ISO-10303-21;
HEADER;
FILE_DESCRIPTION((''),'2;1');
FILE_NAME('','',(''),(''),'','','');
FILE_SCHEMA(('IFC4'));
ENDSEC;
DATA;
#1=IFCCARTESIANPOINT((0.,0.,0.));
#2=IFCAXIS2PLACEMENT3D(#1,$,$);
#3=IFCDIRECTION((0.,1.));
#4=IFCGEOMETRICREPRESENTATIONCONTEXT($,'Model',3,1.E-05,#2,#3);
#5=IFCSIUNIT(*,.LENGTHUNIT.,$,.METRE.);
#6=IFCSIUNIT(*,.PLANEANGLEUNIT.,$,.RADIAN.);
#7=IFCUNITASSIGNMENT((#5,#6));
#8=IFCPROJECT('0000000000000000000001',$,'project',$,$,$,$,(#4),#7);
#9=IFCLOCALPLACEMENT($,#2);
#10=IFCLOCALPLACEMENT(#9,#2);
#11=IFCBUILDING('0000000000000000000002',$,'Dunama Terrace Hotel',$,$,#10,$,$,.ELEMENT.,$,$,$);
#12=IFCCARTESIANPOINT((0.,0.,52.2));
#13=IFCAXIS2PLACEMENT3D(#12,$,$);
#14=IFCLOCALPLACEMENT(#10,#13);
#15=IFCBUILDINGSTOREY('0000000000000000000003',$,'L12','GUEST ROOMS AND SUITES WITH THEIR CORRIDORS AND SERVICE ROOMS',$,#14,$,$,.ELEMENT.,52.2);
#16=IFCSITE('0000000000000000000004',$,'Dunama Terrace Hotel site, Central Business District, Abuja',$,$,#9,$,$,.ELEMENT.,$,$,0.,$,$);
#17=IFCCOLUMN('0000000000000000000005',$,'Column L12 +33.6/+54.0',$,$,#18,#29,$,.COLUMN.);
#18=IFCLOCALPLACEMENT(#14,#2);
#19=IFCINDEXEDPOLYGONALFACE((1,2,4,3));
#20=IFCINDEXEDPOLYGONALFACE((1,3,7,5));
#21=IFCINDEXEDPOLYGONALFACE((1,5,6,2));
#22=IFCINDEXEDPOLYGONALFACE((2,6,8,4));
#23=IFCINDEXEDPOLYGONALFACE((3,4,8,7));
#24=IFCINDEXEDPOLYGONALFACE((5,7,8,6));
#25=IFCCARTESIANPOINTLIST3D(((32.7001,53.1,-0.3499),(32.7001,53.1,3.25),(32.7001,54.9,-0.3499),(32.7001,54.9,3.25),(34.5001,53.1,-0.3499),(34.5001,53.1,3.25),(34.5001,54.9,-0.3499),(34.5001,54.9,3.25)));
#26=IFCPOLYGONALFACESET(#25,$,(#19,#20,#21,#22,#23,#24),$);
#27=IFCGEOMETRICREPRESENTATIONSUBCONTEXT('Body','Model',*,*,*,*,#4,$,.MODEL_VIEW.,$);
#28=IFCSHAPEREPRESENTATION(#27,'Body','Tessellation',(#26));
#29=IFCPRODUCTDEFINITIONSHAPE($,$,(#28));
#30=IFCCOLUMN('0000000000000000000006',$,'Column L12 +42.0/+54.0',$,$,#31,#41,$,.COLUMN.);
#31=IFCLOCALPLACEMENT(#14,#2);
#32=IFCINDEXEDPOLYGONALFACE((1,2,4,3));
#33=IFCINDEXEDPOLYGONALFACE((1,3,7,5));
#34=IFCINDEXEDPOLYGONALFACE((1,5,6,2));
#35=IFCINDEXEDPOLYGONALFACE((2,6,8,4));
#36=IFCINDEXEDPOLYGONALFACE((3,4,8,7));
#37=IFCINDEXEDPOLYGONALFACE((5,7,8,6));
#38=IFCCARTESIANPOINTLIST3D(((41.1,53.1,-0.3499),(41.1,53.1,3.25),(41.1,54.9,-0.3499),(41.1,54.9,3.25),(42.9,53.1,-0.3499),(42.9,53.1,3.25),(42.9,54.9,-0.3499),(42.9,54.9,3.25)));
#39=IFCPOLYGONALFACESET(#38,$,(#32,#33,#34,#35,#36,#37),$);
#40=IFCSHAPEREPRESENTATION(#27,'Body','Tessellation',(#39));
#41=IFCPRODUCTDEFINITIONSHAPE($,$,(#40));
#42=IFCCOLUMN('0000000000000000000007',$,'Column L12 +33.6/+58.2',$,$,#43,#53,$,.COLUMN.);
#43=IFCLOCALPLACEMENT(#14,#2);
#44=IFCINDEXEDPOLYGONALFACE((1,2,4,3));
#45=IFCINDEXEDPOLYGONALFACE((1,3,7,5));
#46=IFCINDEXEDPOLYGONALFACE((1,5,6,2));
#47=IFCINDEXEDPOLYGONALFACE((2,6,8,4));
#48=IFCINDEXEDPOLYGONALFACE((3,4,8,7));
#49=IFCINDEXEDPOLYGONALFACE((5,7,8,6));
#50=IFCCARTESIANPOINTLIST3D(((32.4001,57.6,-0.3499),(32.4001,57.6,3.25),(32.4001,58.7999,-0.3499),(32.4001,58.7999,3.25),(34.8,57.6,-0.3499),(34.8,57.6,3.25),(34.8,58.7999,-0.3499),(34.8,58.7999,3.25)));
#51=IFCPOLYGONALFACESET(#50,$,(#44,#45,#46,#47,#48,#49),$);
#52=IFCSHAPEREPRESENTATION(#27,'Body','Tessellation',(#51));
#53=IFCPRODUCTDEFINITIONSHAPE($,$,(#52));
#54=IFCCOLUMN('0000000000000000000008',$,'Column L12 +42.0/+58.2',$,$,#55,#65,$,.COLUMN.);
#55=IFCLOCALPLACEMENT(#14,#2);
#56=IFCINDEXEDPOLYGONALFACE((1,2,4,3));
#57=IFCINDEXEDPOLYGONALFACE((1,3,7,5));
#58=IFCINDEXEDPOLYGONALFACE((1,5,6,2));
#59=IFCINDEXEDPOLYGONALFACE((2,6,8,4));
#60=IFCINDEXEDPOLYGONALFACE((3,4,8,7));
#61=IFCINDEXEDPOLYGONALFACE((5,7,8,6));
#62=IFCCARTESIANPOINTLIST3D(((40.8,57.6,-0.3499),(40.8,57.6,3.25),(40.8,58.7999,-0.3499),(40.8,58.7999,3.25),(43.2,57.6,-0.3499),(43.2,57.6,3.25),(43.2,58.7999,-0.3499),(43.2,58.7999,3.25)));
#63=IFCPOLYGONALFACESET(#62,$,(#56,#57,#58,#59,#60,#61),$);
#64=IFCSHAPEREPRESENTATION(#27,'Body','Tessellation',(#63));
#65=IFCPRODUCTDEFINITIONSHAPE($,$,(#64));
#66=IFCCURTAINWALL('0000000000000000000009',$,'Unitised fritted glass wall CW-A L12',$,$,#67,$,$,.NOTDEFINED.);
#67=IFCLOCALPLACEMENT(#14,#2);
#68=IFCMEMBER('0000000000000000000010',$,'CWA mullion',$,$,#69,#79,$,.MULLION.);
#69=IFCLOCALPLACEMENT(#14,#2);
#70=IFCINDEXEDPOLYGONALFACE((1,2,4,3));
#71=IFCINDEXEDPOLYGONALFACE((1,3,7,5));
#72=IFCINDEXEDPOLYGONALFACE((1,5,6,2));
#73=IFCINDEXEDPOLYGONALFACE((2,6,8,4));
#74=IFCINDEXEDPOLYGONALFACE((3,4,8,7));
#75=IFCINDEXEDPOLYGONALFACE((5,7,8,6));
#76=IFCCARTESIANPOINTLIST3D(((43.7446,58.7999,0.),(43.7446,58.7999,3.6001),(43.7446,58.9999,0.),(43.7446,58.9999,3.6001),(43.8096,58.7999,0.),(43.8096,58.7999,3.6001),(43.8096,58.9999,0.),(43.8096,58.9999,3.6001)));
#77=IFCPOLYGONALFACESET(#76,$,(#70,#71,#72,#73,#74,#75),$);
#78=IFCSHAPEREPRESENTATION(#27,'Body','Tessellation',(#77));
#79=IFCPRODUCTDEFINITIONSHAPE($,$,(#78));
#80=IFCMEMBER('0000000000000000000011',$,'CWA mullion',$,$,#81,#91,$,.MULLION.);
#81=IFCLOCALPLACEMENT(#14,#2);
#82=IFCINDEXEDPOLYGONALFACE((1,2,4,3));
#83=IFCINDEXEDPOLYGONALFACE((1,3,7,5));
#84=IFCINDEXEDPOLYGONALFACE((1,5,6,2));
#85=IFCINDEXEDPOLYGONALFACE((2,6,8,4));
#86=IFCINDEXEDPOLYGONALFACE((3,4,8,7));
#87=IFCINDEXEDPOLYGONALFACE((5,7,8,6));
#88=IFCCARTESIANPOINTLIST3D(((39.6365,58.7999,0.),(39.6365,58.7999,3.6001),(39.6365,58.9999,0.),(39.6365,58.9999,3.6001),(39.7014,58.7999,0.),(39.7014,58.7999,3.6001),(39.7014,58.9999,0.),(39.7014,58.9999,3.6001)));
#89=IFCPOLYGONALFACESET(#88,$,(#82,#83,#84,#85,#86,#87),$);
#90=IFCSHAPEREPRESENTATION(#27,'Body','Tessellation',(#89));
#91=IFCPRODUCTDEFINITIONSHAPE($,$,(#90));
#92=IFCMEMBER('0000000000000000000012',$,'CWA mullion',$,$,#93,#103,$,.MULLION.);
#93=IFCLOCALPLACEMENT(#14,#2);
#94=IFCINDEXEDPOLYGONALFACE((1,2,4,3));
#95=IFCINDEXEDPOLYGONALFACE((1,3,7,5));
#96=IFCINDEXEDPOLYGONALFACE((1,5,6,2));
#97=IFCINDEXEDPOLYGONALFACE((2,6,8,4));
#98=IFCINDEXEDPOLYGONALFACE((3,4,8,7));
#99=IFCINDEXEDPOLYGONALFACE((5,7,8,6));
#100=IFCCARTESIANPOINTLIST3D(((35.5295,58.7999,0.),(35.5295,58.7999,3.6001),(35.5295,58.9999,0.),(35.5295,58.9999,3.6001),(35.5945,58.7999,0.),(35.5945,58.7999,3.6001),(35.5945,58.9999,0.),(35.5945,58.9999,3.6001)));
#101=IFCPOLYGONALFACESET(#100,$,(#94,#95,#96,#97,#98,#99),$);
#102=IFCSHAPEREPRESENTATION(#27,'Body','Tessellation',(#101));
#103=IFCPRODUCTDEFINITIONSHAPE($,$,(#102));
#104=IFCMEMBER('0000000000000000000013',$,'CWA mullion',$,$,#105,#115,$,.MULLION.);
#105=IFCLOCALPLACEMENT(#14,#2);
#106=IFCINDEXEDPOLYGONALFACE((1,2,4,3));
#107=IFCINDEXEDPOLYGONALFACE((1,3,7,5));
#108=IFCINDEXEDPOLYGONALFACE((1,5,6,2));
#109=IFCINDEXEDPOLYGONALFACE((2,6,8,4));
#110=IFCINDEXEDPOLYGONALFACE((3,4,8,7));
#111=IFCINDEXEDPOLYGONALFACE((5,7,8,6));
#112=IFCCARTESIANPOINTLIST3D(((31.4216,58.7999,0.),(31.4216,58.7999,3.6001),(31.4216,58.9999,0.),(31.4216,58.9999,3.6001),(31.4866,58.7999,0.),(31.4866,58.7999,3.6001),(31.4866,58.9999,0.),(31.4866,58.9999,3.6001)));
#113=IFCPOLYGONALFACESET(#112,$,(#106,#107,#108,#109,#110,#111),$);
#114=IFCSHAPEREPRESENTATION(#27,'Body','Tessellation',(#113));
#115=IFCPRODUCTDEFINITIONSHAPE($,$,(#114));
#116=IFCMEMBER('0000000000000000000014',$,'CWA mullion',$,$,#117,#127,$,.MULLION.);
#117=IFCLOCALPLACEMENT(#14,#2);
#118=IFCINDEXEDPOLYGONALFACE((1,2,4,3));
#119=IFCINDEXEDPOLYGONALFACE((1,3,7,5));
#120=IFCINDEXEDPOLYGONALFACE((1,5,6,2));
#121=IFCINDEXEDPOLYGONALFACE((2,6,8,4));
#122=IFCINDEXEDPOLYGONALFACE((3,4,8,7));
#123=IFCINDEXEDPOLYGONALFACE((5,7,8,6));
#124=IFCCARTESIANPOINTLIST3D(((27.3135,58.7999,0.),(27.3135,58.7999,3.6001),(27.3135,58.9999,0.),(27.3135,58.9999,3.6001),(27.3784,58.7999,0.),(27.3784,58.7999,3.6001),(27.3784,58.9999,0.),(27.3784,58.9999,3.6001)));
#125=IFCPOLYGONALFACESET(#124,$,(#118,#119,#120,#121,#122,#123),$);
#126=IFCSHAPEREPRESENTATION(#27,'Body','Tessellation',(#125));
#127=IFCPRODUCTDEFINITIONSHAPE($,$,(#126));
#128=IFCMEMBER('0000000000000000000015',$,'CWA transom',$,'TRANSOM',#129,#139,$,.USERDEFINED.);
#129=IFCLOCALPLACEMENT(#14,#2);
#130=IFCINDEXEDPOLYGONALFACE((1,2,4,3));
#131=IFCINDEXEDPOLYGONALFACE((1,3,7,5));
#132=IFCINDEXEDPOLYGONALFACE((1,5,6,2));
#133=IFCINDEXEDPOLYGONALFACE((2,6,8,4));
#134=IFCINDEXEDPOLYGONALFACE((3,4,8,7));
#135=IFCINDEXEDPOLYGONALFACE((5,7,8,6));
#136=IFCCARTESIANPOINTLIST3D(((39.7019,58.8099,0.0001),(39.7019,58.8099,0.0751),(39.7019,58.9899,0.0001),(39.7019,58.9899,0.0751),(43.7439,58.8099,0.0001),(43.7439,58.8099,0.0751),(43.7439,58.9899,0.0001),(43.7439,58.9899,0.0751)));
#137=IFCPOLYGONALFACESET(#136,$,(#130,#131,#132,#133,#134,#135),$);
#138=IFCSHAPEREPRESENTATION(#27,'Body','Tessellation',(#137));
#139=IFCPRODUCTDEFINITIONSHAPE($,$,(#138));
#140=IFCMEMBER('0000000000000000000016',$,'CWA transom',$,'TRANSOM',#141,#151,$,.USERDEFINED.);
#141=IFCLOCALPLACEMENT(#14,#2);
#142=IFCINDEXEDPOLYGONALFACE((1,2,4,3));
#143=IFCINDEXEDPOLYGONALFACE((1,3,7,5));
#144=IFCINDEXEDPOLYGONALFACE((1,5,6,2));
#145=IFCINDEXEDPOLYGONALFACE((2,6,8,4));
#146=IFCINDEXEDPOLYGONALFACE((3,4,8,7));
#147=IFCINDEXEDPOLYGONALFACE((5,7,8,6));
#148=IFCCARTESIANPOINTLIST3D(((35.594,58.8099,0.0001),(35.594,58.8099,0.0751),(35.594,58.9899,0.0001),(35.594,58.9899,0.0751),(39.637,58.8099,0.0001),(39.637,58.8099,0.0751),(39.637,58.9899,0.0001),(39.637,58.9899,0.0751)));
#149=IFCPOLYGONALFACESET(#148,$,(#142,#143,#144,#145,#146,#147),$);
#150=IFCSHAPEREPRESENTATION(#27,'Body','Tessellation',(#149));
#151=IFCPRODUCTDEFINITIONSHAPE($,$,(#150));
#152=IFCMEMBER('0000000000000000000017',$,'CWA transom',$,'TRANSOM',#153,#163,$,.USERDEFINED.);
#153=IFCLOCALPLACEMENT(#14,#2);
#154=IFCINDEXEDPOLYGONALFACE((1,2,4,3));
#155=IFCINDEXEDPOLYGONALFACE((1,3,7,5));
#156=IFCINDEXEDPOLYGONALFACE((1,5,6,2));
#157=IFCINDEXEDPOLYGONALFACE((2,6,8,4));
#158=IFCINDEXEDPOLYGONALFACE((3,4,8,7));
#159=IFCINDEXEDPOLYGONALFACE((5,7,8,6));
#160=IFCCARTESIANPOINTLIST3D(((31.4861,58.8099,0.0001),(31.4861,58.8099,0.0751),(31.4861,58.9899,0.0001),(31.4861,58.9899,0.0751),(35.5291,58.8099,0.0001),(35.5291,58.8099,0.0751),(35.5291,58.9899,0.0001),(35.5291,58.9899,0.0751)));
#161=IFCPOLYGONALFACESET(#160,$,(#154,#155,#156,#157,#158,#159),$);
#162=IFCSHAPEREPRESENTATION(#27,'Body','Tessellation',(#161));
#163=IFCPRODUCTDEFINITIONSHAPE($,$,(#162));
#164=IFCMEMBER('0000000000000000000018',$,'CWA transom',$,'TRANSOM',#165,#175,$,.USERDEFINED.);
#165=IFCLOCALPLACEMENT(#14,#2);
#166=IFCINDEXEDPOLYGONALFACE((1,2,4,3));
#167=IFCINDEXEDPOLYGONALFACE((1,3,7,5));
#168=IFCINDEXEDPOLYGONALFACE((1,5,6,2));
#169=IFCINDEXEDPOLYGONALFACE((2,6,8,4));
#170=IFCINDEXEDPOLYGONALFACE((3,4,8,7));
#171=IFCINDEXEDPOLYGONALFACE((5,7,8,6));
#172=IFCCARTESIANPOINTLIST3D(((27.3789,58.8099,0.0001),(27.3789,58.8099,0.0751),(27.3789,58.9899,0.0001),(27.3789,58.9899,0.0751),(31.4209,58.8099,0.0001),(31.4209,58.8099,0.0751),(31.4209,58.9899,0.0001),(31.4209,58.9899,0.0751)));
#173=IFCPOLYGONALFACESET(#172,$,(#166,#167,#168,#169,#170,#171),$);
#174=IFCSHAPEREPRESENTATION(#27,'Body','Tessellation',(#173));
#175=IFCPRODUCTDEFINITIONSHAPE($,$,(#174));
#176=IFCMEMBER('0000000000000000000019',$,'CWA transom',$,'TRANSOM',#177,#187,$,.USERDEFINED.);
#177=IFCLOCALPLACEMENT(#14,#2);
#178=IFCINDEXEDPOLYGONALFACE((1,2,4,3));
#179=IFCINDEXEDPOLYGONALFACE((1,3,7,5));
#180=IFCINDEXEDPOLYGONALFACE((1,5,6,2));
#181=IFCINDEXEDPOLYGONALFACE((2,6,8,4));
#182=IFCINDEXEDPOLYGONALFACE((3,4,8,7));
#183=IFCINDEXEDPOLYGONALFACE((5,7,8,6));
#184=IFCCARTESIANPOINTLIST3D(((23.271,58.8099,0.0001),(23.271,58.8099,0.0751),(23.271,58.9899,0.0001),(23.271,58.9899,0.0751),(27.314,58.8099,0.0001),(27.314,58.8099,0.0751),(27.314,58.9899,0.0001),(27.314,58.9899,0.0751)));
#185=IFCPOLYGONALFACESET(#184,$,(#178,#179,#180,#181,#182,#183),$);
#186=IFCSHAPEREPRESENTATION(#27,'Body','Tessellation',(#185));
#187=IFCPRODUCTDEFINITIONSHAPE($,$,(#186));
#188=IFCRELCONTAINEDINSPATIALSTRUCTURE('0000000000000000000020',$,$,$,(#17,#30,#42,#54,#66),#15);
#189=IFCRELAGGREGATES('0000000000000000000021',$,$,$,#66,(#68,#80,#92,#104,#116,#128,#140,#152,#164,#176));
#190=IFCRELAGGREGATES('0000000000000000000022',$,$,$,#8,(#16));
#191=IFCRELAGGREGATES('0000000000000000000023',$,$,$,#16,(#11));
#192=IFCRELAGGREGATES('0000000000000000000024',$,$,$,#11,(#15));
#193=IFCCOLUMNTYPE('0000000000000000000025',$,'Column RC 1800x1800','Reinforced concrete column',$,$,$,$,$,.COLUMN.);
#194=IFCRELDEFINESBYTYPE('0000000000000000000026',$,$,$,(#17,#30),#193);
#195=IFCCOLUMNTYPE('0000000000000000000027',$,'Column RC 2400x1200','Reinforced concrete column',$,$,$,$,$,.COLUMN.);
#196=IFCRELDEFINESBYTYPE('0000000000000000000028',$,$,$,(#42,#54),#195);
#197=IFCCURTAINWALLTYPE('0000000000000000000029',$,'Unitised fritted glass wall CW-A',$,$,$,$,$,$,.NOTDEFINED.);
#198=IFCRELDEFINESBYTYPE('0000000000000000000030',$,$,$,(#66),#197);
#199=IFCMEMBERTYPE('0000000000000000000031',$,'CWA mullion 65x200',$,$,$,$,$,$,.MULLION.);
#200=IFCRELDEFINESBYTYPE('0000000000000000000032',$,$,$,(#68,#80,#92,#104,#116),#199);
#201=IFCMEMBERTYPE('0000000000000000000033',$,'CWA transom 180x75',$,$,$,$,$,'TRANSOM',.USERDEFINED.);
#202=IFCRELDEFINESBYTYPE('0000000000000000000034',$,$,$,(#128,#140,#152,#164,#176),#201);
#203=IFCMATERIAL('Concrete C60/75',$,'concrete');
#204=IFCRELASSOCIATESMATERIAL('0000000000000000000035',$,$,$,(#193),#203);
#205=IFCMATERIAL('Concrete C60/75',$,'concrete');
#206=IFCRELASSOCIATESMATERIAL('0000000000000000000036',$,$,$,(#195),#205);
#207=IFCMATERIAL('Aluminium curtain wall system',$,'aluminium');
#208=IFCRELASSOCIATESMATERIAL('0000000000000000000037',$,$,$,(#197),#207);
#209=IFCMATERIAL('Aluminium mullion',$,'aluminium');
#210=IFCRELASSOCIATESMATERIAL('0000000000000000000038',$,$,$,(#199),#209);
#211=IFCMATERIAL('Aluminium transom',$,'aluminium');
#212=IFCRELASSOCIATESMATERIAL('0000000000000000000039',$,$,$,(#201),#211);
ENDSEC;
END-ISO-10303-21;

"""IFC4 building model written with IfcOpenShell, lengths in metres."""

from ifc_helpers import new_model, si_unit, direction, frame, origin, origin_2d, place, context, subcontext, project, spatial, rectangle, extrude, material, material_profile, profile_set, type_object, element, aggregate, save


model = new_model("IFC4")

# Units and contexts
model_context = context("Model", 3, precision=1e-05, world=origin(), true_north=direction((0.0, 1.0)))
body_context = subcontext(model_context, "Body", "Model", "MODEL_VIEW")
ifc_project = project(units=[si_unit("LENGTHUNIT", "METRE"), si_unit("PLANEANGLEUNIT", "RADIAN")], contexts=[model_context])

# Site, building, storey
site_placement = place(None, origin())
site = spatial("IfcSite", under=ifc_project, at=site_placement, Name="Dunama Terrace Hotel site, Central Business District, Abuja", CompositionType="ELEMENT", RefElevation=0.0)
building_placement = place(site_placement, origin())
building = spatial("IfcBuilding", under=site, at=building_placement, Name="Dunama Terrace Hotel", CompositionType="ELEMENT")
storey_placement = place(building_placement, frame((0.0, 0.0, 52.2)))
storey = spatial("IfcBuildingStorey", under=building, at=storey_placement, Name="L12", Description="GUEST ROOMS AND SUITES WITH THEIR CORRIDORS AND SERVICE ROOMS", CompositionType="ELEMENT", Elevation=52.2)

# Columns
ifc_material_1 = material(Name="Concrete C60/75", Category="concrete")
ifc_material_profile_1 = material_profile(ifc_material_1, rectangle(XDim=1.8, YDim=1.8, at=origin_2d()), Name="RC 1800x1800")
ifc_profile_set_1 = profile_set([ifc_material_profile_1], Name="Concrete C60/75")
column_type_1 = type_object("IfcColumnType", Name="Column RC 1800x1800", Description="Reinforced concrete column", PredefinedType="COLUMN", material=ifc_profile_set_1)
for number, where, z_axis, x_axis, name in (
    (1, (33.6001, 54.0, -0.3499), (0.0, 0.0, 1.0), (1.0, 0.0, 0.0), "Column L12 +33.6/+54.0"),
    (2, (42.0, 54.0, -0.3499), (0.0, 0.0, 1.0), (1.0, 0.0, 0.0), "Column L12 +42.0/+54.0"),
):
    element("IfcColumn", number, at=place(storey_placement, frame(where, z_axis=z_axis, x_axis=x_axis)), inside=storey, type_object=column_type_1, Name=name, PredefinedType="COLUMN", context=body_context, shape_type="SweptSolid", body=[
        extrude(rectangle(XDim=1.8, YDim=1.8, at=origin_2d()), origin(), (0.0, 0.0, 1.0), 3.5999),
    ])
ifc_material_2 = material(Name="Concrete C60/75", Category="concrete")
ifc_material_profile_2 = material_profile(ifc_material_2, rectangle(XDim=2.3999, YDim=1.2, at=origin_2d()), Name="RC 2400x1200")
ifc_profile_set_2 = profile_set([ifc_material_profile_2], Name="Concrete C60/75")
column_type_2 = type_object("IfcColumnType", Name="Column RC 2400x1200", Description="Reinforced concrete column", PredefinedType="COLUMN", material=ifc_profile_set_2)
for number, where, z_axis, x_axis, name in (
    (3, (33.6001, 58.2, -0.3499), (0.0, 0.0, 1.0), (1.0, 0.0, 0.0), "Column L12 +33.6/+58.2"),
    (4, (42.0, 58.2, -0.3499), (0.0, 0.0, 1.0), (1.0, 0.0, 0.0), "Column L12 +42.0/+58.2"),
):
    element("IfcColumn", number, at=place(storey_placement, frame(where, z_axis=z_axis, x_axis=x_axis)), inside=storey, type_object=column_type_2, Name=name, PredefinedType="COLUMN", context=body_context, shape_type="SweptSolid", body=[
        extrude(rectangle(XDim=2.3999, YDim=1.2, at=origin_2d()), origin(), (0.0, 0.0, 1.0), 3.5999),
    ])

# Curtain wall, members
ifc_material_3 = material(Name="Aluminium curtain wall system", Category="aluminium")
curtain_wall_type = type_object("IfcCurtainWallType", Name="Unitised fritted glass wall CW-A", PredefinedType="NOTDEFINED", material=ifc_material_3)
curtain_wall_placement = place(storey_placement, origin())
curtain_wall = element("IfcCurtainWall", 5, at=curtain_wall_placement, inside=storey, type_object=curtain_wall_type, Name="Unitised fritted glass wall CW-A L12", PredefinedType="NOTDEFINED")
ifc_material_4 = material(Name="Aluminium mullion", Category="aluminium")
ifc_material_profile_3 = material_profile(ifc_material_4, rectangle(XDim=0.0649, YDim=0.2, at=origin_2d()), Name="CWA MULLION 65X200")
ifc_profile_set_3 = profile_set([ifc_material_profile_3], Name="Aluminium mullion")
member_type_1 = type_object("IfcMemberType", Name="CWA mullion 65x200", PredefinedType="MULLION", material=ifc_profile_set_3)
member_1_placement = place(storey_placement, frame((43.7771, 58.8999, 0.0), z_axis=(0.0, 0.0, 1.0), x_axis=(-1.0, 0.0, 0.0)))
member_1 = element("IfcMember", 6, at=member_1_placement, type_object=member_type_1, Name="CWA mullion", PredefinedType="MULLION", context=body_context, shape_type="SweptSolid", body=[
    extrude(rectangle(XDim=0.0649, YDim=0.2, at=origin_2d()), origin(), (0.0, 0.0, 1.0), 3.6001),
])
member_2_placement = place(storey_placement, frame((39.6689, 58.8999, 0.0), z_axis=(0.0, 0.0, 1.0), x_axis=(-1.0, 0.0, 0.0)))
member_2 = element("IfcMember", 7, at=member_2_placement, type_object=member_type_1, Name="CWA mullion", PredefinedType="MULLION", context=body_context, shape_type="SweptSolid", body=[
    extrude(rectangle(XDim=0.0649, YDim=0.2, at=origin_2d()), origin(), (0.0, 0.0, 1.0), 3.6001),
])
member_3_placement = place(storey_placement, frame((35.562, 58.8999, 0.0), z_axis=(0.0, 0.0, 1.0), x_axis=(-1.0, 0.0, 0.0)))
member_3 = element("IfcMember", 8, at=member_3_placement, type_object=member_type_1, Name="CWA mullion", PredefinedType="MULLION", context=body_context, shape_type="SweptSolid", body=[
    extrude(rectangle(XDim=0.0649, YDim=0.2, at=origin_2d()), origin(), (0.0, 0.0, 1.0), 3.6001),
])
member_4_placement = place(storey_placement, frame((31.4541, 58.8999, 0.0), z_axis=(0.0, 0.0, 1.0), x_axis=(-1.0, 0.0, 0.0)))
member_4 = element("IfcMember", 9, at=member_4_placement, type_object=member_type_1, Name="CWA mullion", PredefinedType="MULLION", context=body_context, shape_type="SweptSolid", body=[
    extrude(rectangle(XDim=0.0649, YDim=0.2, at=origin_2d()), origin(), (0.0, 0.0, 1.0), 3.6001),
])
member_5_placement = place(storey_placement, frame((27.3459, 58.8999, 0.0), z_axis=(0.0, 0.0, 1.0), x_axis=(-1.0, 0.0, 0.0)))
member_5 = element("IfcMember", 10, at=member_5_placement, type_object=member_type_1, Name="CWA mullion", PredefinedType="MULLION", context=body_context, shape_type="SweptSolid", body=[
    extrude(rectangle(XDim=0.0649, YDim=0.2, at=origin_2d()), origin(), (0.0, 0.0, 1.0), 3.6001),
])
ifc_material_5 = material(Name="Aluminium transom", Category="aluminium")
ifc_material_profile_4 = material_profile(ifc_material_5, rectangle(XDim=0.1799, YDim=0.075, at=origin_2d()), Name="CWA TRANSOM 180X75")
ifc_profile_set_4 = profile_set([ifc_material_profile_4], Name="Aluminium transom")
member_type_2 = type_object("IfcMemberType", Name="CWA transom 180x75", ElementType="TRANSOM", PredefinedType="USERDEFINED", material=ifc_profile_set_4)
member_6_placement = place(storey_placement, frame((43.7439, 58.8999, 0.0376), z_axis=(-1.0, 0.0, 0.0), x_axis=(0.0, -1.0, 0.0)))
member_6 = element("IfcMember", 11, at=member_6_placement, type_object=member_type_2, Name="CWA transom", ObjectType="TRANSOM", PredefinedType="USERDEFINED", context=body_context, shape_type="SweptSolid", body=[
    extrude(rectangle(XDim=0.1799, YDim=0.075, at=origin_2d()), origin(), (0.0, 0.0, 1.0), 4.042),
])
member_7_placement = place(storey_placement, frame((39.637, 58.8999, 0.0376), z_axis=(-1.0, 0.0, 0.0), x_axis=(0.0, -1.0, 0.0)))
member_7 = element("IfcMember", 12, at=member_7_placement, type_object=member_type_2, Name="CWA transom", ObjectType="TRANSOM", PredefinedType="USERDEFINED", context=body_context, shape_type="SweptSolid", body=[
    extrude(rectangle(XDim=0.1799, YDim=0.075, at=origin_2d()), origin(), (0.0, 0.0, 1.0), 4.043),
])
member_8_placement = place(storey_placement, frame((35.5291, 58.8999, 0.0376), z_axis=(-1.0, 0.0, 0.0), x_axis=(0.0, -1.0, 0.0)))
member_8 = element("IfcMember", 13, at=member_8_placement, type_object=member_type_2, Name="CWA transom", ObjectType="TRANSOM", PredefinedType="USERDEFINED", context=body_context, shape_type="SweptSolid", body=[
    extrude(rectangle(XDim=0.1799, YDim=0.075, at=origin_2d()), origin(), (0.0, 0.0, 1.0), 4.043),
])
member_9_placement = place(storey_placement, frame((31.4209, 58.8999, 0.0376), z_axis=(-1.0, 0.0, 0.0), x_axis=(0.0, -1.0, 0.0)))
member_9 = element("IfcMember", 14, at=member_9_placement, type_object=member_type_2, Name="CWA transom", ObjectType="TRANSOM", PredefinedType="USERDEFINED", context=body_context, shape_type="SweptSolid", body=[
    extrude(rectangle(XDim=0.1799, YDim=0.075, at=origin_2d()), origin(), (0.0, 0.0, 1.0), 4.042),
])
member_10_placement = place(storey_placement, frame((27.314, 58.8999, 0.0376), z_axis=(-1.0, 0.0, 0.0), x_axis=(0.0, -1.0, 0.0)))
member_10 = element("IfcMember", 15, at=member_10_placement, type_object=member_type_2, Name="CWA transom", ObjectType="TRANSOM", PredefinedType="USERDEFINED", context=body_context, shape_type="SweptSolid", body=[
    extrude(rectangle(XDim=0.1799, YDim=0.075, at=origin_2d()), origin(), (0.0, 0.0, 1.0), 4.043),
])

aggregate(curtain_wall, [member_1, member_2, member_3, member_4, member_5, member_6, member_7, member_8, member_9, member_10])

save(model, "model.ifc")
